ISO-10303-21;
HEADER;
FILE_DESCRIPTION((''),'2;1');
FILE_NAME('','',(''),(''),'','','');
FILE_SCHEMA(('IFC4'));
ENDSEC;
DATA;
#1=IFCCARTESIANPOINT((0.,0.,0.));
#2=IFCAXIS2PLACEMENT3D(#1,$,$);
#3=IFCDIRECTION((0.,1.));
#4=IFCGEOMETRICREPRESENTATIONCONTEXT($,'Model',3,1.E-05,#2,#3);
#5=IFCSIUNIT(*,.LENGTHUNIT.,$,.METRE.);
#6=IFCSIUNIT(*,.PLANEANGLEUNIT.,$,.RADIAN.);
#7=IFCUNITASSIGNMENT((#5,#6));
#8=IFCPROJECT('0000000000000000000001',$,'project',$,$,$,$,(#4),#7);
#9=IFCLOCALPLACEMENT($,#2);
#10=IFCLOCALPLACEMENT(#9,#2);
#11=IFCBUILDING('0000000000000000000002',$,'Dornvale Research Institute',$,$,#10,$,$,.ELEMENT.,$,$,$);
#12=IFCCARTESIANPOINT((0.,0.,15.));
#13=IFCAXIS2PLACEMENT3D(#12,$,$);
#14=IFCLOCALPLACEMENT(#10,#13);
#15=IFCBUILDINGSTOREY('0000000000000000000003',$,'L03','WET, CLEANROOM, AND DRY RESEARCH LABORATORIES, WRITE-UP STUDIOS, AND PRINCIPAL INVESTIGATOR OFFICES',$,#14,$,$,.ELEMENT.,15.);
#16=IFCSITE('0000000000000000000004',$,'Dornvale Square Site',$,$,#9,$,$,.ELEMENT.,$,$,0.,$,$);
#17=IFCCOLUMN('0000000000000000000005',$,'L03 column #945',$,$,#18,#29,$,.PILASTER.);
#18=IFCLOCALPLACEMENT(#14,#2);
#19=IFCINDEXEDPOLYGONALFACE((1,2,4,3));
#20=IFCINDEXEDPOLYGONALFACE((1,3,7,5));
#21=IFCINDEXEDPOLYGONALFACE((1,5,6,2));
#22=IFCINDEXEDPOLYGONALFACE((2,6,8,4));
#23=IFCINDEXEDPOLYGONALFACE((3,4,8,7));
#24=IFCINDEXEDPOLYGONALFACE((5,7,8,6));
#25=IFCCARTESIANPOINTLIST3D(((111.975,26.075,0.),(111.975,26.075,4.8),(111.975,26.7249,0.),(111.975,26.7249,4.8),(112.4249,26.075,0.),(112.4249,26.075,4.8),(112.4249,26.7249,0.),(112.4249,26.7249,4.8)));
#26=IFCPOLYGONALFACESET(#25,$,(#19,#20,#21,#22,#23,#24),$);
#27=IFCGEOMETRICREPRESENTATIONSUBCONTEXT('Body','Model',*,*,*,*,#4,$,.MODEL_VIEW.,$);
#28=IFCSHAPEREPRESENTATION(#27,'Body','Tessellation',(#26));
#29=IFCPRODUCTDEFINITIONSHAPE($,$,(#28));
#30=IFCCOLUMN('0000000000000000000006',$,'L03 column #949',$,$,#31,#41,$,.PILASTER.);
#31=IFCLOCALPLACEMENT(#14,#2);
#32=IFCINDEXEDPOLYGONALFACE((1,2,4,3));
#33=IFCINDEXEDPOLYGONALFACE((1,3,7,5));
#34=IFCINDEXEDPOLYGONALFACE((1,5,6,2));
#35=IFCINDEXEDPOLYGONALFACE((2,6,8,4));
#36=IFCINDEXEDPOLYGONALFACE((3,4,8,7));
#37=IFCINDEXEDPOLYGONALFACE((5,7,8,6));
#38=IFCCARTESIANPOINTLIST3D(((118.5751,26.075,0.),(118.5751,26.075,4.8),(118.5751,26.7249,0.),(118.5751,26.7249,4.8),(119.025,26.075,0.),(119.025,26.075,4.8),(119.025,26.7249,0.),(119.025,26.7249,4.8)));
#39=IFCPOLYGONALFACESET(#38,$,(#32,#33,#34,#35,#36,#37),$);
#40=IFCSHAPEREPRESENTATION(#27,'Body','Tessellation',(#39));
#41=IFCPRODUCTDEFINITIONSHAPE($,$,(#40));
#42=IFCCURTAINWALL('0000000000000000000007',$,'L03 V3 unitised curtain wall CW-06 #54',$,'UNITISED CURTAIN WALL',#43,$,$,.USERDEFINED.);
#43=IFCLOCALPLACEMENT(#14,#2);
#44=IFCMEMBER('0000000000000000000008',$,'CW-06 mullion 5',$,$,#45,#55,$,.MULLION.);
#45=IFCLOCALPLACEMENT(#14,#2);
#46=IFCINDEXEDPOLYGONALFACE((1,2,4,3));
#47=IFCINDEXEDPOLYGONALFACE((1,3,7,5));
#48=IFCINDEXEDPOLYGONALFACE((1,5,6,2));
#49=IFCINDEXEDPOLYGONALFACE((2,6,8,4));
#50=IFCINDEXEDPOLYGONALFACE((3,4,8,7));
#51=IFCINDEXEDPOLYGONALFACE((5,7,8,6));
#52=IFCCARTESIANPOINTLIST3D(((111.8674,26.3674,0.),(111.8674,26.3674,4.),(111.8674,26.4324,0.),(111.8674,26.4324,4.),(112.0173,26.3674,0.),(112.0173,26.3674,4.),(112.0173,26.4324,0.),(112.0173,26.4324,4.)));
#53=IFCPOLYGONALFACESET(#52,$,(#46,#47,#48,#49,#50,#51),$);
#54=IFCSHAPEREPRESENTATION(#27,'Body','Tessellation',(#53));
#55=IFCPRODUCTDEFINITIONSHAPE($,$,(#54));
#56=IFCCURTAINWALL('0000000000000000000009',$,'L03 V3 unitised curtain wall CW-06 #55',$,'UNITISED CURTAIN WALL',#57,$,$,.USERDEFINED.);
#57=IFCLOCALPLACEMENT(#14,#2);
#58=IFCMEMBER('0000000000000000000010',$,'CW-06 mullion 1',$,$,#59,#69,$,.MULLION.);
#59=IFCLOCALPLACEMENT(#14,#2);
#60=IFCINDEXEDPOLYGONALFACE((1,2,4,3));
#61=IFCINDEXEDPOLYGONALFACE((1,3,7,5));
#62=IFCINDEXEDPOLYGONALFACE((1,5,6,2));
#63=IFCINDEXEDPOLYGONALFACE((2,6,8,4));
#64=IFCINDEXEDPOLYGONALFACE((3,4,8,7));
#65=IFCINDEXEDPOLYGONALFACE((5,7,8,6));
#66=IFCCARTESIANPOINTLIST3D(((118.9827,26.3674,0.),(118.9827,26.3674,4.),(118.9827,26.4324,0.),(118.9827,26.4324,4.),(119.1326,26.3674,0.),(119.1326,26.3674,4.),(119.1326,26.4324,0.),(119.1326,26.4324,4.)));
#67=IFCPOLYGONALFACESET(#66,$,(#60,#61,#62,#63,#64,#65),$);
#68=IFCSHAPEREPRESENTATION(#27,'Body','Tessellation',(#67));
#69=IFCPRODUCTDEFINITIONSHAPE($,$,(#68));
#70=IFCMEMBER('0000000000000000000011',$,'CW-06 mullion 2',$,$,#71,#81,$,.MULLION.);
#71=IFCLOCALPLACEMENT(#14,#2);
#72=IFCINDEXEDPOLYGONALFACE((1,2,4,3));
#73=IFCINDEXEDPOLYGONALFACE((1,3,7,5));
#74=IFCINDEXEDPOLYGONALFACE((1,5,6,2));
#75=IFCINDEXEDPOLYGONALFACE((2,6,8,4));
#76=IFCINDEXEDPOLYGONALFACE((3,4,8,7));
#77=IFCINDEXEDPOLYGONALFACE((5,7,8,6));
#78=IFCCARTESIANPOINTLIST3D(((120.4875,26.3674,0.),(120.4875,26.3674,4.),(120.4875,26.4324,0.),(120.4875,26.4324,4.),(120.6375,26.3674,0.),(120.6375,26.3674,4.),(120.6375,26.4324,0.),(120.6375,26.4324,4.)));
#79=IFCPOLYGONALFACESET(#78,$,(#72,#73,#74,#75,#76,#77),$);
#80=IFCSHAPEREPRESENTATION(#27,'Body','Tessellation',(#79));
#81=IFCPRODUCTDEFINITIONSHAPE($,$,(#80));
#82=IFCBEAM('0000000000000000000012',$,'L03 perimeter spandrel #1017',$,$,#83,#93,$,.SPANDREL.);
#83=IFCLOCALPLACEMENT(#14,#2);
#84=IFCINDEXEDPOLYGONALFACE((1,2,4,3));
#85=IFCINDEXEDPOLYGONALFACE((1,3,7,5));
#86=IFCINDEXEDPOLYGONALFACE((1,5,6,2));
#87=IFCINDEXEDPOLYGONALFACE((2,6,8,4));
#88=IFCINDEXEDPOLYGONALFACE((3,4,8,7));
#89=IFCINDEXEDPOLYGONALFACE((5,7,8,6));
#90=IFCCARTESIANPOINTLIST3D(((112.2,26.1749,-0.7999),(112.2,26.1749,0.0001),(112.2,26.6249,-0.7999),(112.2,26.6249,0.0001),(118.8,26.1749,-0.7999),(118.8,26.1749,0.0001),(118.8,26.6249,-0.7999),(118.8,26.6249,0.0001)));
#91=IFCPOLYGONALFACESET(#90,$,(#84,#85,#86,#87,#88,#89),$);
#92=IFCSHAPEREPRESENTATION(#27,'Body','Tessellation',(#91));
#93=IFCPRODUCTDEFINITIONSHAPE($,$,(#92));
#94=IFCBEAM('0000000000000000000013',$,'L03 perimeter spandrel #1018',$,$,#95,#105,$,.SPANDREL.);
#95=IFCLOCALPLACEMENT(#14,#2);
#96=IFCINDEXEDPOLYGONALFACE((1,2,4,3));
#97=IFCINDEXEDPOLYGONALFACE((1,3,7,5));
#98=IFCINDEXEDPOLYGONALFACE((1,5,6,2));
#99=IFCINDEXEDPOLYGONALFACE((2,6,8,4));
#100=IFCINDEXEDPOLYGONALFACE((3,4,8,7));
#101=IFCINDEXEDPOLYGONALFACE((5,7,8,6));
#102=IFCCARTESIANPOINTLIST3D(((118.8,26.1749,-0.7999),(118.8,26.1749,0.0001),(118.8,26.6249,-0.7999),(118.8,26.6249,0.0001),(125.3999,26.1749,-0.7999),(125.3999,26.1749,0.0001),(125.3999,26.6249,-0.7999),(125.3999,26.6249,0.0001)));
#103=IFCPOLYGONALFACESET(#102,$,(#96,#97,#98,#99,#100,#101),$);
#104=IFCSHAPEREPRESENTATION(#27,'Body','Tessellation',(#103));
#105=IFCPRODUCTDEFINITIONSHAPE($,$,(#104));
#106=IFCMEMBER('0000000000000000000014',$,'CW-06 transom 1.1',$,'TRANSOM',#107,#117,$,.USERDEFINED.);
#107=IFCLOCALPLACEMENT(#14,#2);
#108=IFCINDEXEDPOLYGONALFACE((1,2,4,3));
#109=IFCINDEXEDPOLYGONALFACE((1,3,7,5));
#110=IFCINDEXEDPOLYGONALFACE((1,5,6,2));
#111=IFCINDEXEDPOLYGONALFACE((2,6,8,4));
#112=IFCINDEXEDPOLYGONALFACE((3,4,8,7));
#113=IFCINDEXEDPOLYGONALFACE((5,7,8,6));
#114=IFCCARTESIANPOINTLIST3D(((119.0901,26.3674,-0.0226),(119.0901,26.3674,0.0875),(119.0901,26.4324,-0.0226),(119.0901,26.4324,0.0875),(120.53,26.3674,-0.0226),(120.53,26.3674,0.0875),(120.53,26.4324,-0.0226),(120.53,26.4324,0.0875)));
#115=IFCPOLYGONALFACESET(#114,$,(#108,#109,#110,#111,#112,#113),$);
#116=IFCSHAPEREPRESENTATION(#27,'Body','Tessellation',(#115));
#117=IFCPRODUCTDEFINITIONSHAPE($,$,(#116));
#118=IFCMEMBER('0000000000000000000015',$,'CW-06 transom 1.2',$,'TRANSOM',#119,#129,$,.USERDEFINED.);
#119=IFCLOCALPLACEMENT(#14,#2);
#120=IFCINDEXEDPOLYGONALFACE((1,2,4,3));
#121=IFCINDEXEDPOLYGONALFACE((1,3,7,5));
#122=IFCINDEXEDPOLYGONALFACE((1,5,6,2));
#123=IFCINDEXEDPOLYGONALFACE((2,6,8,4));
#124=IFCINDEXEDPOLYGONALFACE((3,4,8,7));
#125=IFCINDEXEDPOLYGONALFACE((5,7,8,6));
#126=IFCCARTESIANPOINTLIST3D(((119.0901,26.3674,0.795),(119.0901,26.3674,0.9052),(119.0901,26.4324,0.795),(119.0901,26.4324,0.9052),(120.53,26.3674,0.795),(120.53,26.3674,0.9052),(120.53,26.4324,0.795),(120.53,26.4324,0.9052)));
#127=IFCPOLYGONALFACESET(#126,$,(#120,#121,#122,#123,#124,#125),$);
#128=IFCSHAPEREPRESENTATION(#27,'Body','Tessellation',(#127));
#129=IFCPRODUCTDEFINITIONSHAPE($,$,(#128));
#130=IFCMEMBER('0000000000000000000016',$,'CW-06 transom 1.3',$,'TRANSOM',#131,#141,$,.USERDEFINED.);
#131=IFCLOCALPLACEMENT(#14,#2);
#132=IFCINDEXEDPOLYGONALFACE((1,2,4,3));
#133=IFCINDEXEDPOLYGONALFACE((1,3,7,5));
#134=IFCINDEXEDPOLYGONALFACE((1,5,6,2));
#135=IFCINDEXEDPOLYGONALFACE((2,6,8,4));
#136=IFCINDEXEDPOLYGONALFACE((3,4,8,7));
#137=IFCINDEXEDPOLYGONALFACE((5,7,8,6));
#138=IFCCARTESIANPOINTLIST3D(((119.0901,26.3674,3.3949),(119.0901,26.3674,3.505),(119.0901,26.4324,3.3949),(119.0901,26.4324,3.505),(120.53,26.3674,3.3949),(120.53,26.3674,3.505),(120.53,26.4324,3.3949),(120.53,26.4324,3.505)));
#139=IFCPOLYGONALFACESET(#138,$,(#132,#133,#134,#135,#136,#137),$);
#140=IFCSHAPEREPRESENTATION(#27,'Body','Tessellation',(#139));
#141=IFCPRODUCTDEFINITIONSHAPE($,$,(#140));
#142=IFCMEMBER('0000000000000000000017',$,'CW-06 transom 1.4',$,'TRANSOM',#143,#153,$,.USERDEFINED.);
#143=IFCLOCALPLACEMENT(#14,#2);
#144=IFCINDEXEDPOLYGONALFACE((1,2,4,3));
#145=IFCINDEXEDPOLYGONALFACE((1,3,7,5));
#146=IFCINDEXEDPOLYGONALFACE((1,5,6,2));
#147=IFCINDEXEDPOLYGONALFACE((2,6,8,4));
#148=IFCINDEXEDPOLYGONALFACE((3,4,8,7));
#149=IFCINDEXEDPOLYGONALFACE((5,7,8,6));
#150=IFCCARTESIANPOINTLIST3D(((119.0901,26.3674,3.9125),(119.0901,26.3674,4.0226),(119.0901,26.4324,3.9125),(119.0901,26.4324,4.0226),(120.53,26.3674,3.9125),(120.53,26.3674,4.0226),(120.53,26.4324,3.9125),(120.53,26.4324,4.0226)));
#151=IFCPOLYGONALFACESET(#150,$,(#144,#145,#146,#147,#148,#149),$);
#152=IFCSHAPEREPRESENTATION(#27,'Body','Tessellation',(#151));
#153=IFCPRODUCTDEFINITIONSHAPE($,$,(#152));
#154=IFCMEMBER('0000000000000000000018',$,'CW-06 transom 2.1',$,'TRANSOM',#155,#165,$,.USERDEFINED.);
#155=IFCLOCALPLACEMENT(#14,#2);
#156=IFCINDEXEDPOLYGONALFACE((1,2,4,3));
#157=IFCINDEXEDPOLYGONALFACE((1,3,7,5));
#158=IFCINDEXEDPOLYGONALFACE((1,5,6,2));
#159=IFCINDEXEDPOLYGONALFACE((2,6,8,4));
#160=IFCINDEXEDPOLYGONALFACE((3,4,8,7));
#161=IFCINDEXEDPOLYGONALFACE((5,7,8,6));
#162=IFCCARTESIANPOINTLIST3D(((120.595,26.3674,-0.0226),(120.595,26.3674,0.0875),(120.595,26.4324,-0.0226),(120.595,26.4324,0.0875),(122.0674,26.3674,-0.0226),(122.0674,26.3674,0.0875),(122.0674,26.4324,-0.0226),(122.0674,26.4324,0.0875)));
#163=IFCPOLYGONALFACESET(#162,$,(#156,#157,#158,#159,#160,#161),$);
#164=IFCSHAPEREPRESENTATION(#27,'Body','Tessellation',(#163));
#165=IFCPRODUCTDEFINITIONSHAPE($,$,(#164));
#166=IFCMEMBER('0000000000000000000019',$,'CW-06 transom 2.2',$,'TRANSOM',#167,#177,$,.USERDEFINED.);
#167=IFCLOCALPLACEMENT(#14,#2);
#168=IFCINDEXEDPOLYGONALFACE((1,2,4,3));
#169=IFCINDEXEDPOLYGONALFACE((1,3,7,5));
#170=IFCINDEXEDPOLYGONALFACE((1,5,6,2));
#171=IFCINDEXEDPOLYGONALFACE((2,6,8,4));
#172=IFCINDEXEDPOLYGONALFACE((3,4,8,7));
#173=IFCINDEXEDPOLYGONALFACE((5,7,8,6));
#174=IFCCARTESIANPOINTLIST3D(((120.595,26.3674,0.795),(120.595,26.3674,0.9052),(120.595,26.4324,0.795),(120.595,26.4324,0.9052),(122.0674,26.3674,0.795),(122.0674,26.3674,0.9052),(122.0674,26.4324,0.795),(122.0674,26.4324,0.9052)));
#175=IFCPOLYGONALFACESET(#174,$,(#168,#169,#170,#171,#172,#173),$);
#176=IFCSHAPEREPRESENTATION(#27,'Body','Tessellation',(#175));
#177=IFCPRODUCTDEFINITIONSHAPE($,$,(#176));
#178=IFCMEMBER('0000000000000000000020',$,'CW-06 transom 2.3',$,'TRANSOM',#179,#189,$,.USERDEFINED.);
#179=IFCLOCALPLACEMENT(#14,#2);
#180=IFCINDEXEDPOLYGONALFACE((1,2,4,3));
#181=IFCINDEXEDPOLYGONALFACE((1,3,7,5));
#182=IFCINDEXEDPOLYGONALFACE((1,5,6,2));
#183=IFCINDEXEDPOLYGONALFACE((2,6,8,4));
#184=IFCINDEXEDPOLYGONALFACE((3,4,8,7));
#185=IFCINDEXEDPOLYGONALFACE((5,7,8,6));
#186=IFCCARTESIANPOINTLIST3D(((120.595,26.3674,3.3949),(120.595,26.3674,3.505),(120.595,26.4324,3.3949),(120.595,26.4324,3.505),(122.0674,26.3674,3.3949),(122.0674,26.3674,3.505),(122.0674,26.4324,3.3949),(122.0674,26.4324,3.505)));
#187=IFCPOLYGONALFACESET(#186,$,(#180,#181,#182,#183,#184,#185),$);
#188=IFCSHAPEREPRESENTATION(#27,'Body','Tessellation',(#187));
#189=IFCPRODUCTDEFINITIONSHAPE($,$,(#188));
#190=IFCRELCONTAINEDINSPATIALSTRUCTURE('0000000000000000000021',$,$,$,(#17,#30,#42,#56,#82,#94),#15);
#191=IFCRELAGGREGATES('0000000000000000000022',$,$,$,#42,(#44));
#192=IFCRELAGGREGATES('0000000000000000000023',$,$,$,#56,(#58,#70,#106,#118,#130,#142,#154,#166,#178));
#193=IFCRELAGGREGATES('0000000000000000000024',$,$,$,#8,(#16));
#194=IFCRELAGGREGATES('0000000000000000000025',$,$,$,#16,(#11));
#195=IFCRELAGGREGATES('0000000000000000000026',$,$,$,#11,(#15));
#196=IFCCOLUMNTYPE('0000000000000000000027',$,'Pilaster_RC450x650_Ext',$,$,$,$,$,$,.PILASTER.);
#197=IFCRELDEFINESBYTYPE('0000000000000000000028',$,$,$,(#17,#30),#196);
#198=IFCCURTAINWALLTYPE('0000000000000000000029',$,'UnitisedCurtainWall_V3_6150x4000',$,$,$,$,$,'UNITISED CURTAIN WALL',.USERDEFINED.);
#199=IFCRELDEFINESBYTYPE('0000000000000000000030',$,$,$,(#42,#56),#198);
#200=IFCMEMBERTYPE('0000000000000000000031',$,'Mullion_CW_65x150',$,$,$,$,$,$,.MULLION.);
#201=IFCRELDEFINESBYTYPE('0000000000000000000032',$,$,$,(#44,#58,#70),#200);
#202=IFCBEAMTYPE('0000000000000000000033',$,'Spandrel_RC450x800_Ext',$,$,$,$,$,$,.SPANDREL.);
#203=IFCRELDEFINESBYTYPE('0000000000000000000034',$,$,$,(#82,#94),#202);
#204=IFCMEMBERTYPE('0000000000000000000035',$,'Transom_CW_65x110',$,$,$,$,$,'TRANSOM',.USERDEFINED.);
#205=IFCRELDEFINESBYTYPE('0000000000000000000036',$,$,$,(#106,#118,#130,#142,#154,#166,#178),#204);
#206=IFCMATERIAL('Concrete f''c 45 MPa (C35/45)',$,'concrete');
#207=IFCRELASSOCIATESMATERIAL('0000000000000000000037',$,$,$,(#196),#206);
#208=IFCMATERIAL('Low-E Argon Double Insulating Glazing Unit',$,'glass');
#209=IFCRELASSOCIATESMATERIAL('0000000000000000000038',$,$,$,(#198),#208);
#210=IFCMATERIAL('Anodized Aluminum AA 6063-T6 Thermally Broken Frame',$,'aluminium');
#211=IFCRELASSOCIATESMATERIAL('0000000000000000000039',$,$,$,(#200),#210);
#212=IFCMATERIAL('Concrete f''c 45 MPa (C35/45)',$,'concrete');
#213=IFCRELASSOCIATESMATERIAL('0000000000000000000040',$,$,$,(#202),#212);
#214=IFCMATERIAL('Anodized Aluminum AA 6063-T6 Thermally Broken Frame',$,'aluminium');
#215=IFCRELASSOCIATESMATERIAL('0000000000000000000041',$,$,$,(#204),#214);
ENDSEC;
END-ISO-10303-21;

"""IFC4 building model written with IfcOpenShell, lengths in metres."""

from ifc_helpers import new_model, si_unit, direction, frame, origin, origin_2d, place, context, subcontext, project, spatial, rectangle, extrude, material, material_profile, profile_set, type_object, element, aggregate, save


model = new_model("IFC4")

# Units and contexts
model_context = context("Model", 3, precision=1e-05, world=origin(), true_north=direction((0.0, 1.0)))
body_context = subcontext(model_context, "Body", "Model", "MODEL_VIEW")
ifc_project = project(units=[si_unit("LENGTHUNIT", "METRE"), si_unit("PLANEANGLEUNIT", "RADIAN")], contexts=[model_context])

# Site, building, storey
site_placement = place(None, origin())
site = spatial("IfcSite", under=ifc_project, at=site_placement, Name="Dornvale Square Site", CompositionType="ELEMENT", RefElevation=0.0)
building_placement = place(site_placement, origin())
building = spatial("IfcBuilding", under=site, at=building_placement, Name="Dornvale Research Institute", CompositionType="ELEMENT")
storey_placement = place(building_placement, frame((0.0, 0.0, 15.0)))
storey = spatial("IfcBuildingStorey", under=building, at=storey_placement, Name="L03", Description="WET, CLEANROOM, AND DRY RESEARCH LABORATORIES, WRITE-UP STUDIOS, AND PRINCIPAL INVESTIGATOR OFFICES", CompositionType="ELEMENT", Elevation=15.0)

# Columns
ifc_material_1 = material(Name="Concrete f'c 45 MPa (C35/45)", Category="concrete")
ifc_material_profile_1 = material_profile(ifc_material_1, rectangle(XDim=0.45, YDim=0.6499, at=origin_2d()), Name="RC 450x650")
ifc_profile_set_1 = profile_set([ifc_material_profile_1], Name="Concrete f'c 45 MPa (C35/45)")
column_type = type_object("IfcColumnType", Name="Pilaster_RC450x650_Ext", PredefinedType="PILASTER", material=ifc_profile_set_1)
for number, where, z_axis, x_axis, name in (
    (1, (112.2, 26.3999, 0.0), (0.0, 0.0, 1.0), (1.0, 0.0, 0.0), "L03 column #945"),
    (2, (118.8, 26.3999, 0.0), (0.0, 0.0, 1.0), (1.0, 0.0, 0.0), "L03 column #949"),
):
    element("IfcColumn", number, at=place(storey_placement, frame(where, z_axis=z_axis, x_axis=x_axis)), inside=storey, type_object=column_type, Name=name, PredefinedType="PILASTER", context=body_context, shape_type="SweptSolid", body=[
        extrude(rectangle(XDim=0.45, YDim=0.6499, at=origin_2d()), origin(), (0.0, 0.0, 1.0), 4.8),
    ])

# Curtain wall, member
ifc_material_2 = material(Name="Low-E Argon Double Insulating Glazing Unit", Category="glass")
curtain_wall_type = type_object("IfcCurtainWallType", Name="UnitisedCurtainWall_V3_6150x4000", ElementType="UNITISED CURTAIN WALL", PredefinedType="USERDEFINED", material=ifc_material_2)
curtain_wall_1_placement = place(storey_placement, origin())
curtain_wall_1 = element("IfcCurtainWall", 3, at=curtain_wall_1_placement, inside=storey, type_object=curtain_wall_type, Name="L03 V3 unitised curtain wall CW-06 #54", ObjectType="UNITISED CURTAIN WALL", PredefinedType="USERDEFINED")
ifc_material_3 = material(Name="Anodized Aluminum AA 6063-T6 Thermally Broken Frame", Category="aluminium")
ifc_material_profile_2 = material_profile(ifc_material_3, rectangle(XDim=0.0649, YDim=0.1499, at=origin_2d()), Name="ALU MULLION 65x150")
ifc_profile_set_2 = profile_set([ifc_material_profile_2], Name="Anodized Aluminum AA 6063-T6 Thermally Broken Frame")
member_type_1 = type_object("IfcMemberType", Name="Mullion_CW_65x150", PredefinedType="MULLION", material=ifc_profile_set_2)
member_1_placement = place(storey_placement, frame((111.9424, 26.3999, 0.0), z_axis=(0.0, 0.0, 1.0), x_axis=(0.0, 1.0, 0.0)))
member_1 = element("IfcMember", 4, at=member_1_placement, type_object=member_type_1, Name="CW-06 mullion 5", PredefinedType="MULLION", context=body_context, shape_type="SweptSolid", body=[
    extrude(rectangle(XDim=0.0649, YDim=0.1499, at=origin_2d()), origin(), (0.0, 0.0, 1.0), 4.0),
])
aggregate(curtain_wall_1, [member_1])

# Curtain wall, members
curtain_wall_2_placement = place(storey_placement, origin())
curtain_wall_2 = element("IfcCurtainWall", 5, at=curtain_wall_2_placement, inside=storey, type_object=curtain_wall_type, Name="L03 V3 unitised curtain wall CW-06 #55", ObjectType="UNITISED CURTAIN WALL", PredefinedType="USERDEFINED")
member_2_placement = place(storey_placement, frame((119.0576, 26.3999, 0.0), z_axis=(0.0, 0.0, 1.0), x_axis=(0.0, 1.0, 0.0)))
member_2 = element("IfcMember", 6, at=member_2_placement, type_object=member_type_1, Name="CW-06 mullion 1", PredefinedType="MULLION", context=body_context, shape_type="SweptSolid", body=[
    extrude(rectangle(XDim=0.0649, YDim=0.1499, at=origin_2d()), origin(), (0.0, 0.0, 1.0), 4.0),
])
member_3_placement = place(storey_placement, frame((120.5625, 26.3999, 0.0), z_axis=(0.0, 0.0, 1.0), x_axis=(0.0, 1.0, 0.0)))
member_3 = element("IfcMember", 7, at=member_3_placement, type_object=member_type_1, Name="CW-06 mullion 2", PredefinedType="MULLION", context=body_context, shape_type="SweptSolid", body=[
    extrude(rectangle(XDim=0.0649, YDim=0.1499, at=origin_2d()), origin(), (0.0, 0.0, 1.0), 4.0),
])

# Beams
ifc_material_4 = material(Name="Concrete f'c 45 MPa (C35/45)", Category="concrete")
ifc_material_profile_3 = material_profile(ifc_material_4, rectangle(XDim=0.45, YDim=0.8, at=origin_2d()), Name="RC 450x800")
ifc_profile_set_3 = profile_set([ifc_material_profile_3], Name="Concrete f'c 45 MPa (C35/45)")
beam_type = type_object("IfcBeamType", Name="Spandrel_RC450x800_Ext", PredefinedType="SPANDREL", material=ifc_profile_set_3)
beam_1_placement = place(storey_placement, frame((112.2, 26.3999, -0.3999), z_axis=(1.0, 0.0, 0.0), x_axis=(0.0, 1.0, 0.0)))
element("IfcBeam", 8, at=beam_1_placement, inside=storey, type_object=beam_type, Name="L03 perimeter spandrel #1017", PredefinedType="SPANDREL", context=body_context, shape_type="SweptSolid", body=[
    extrude(rectangle(XDim=0.45, YDim=0.8, at=origin_2d()), origin(), (0.0, 0.0, 1.0), 6.6001),
])
beam_2_placement = place(storey_placement, frame((118.8, 26.3999, -0.3999), z_axis=(1.0, 0.0, 0.0), x_axis=(0.0, 1.0, 0.0)))
element("IfcBeam", 9, at=beam_2_placement, inside=storey, type_object=beam_type, Name="L03 perimeter spandrel #1018", PredefinedType="SPANDREL", context=body_context, shape_type="SweptSolid", body=[
    extrude(rectangle(XDim=0.45, YDim=0.8, at=origin_2d()), origin(), (0.0, 0.0, 1.0), 6.5999),
])

# Members
ifc_material_5 = material(Name="Anodized Aluminum AA 6063-T6 Thermally Broken Frame", Category="aluminium")
ifc_material_profile_4 = material_profile(ifc_material_5, rectangle(XDim=0.0649, YDim=0.1101, at=origin_2d()), Name="ALU TRANSOM 65x110")
ifc_profile_set_4 = profile_set([ifc_material_profile_4], Name="Anodized Aluminum AA 6063-T6 Thermally Broken Frame")
member_type_2 = type_object("IfcMemberType", Name="Transom_CW_65x110", ElementType="TRANSOM", PredefinedType="USERDEFINED", material=ifc_profile_set_4)
member_4_placement = place(storey_placement, frame((119.0901, 26.3999, 0.0325), z_axis=(1.0, 0.0, 0.0), x_axis=(0.0, 1.0, 0.0)))
member_4 = element("IfcMember", 10, at=member_4_placement, type_object=member_type_2, Name="CW-06 transom 1.1", ObjectType="TRANSOM", PredefinedType="USERDEFINED", context=body_context, shape_type="SweptSolid", body=[
    extrude(rectangle(XDim=0.0649, YDim=0.1101, at=origin_2d()), origin(), (0.0, 0.0, 1.0), 1.4399),
])
member_5_placement = place(storey_placement, frame((119.0901, 26.3999, 0.8501), z_axis=(1.0, 0.0, 0.0), x_axis=(0.0, 1.0, 0.0)))
member_5 = element("IfcMember", 11, at=member_5_placement, type_object=member_type_2, Name="CW-06 transom 1.2", ObjectType="TRANSOM", PredefinedType="USERDEFINED", context=body_context, shape_type="SweptSolid", body=[
    extrude(rectangle(XDim=0.0649, YDim=0.1101, at=origin_2d()), origin(), (0.0, 0.0, 1.0), 1.4399),
])
member_6_placement = place(storey_placement, frame((119.0901, 26.3999, 3.45), z_axis=(1.0, 0.0, 0.0), x_axis=(0.0, 1.0, 0.0)))
member_6 = element("IfcMember", 12, at=member_6_placement, type_object=member_type_2, Name="CW-06 transom 1.3", ObjectType="TRANSOM", PredefinedType="USERDEFINED", context=body_context, shape_type="SweptSolid", body=[
    extrude(rectangle(XDim=0.0649, YDim=0.1101, at=origin_2d()), origin(), (0.0, 0.0, 1.0), 1.4399),
])
member_7_placement = place(storey_placement, frame((119.0901, 26.3999, 3.9675), z_axis=(1.0, 0.0, 0.0), x_axis=(0.0, 1.0, 0.0)))
member_7 = element("IfcMember", 13, at=member_7_placement, type_object=member_type_2, Name="CW-06 transom 1.4", ObjectType="TRANSOM", PredefinedType="USERDEFINED", context=body_context, shape_type="SweptSolid", body=[
    extrude(rectangle(XDim=0.0649, YDim=0.1101, at=origin_2d()), origin(), (0.0, 0.0, 1.0), 1.4399),
])
member_8_placement = place(storey_placement, frame((120.595, 26.3999, 0.0325), z_axis=(1.0, 0.0, 0.0), x_axis=(0.0, 1.0, 0.0)))
member_8 = element("IfcMember", 14, at=member_8_placement, type_object=member_type_2, Name="CW-06 transom 2.1", ObjectType="TRANSOM", PredefinedType="USERDEFINED", context=body_context, shape_type="SweptSolid", body=[
    extrude(rectangle(XDim=0.0649, YDim=0.1101, at=origin_2d()), origin(), (0.0, 0.0, 1.0), 1.4724),
])
member_9_placement = place(storey_placement, frame((120.595, 26.3999, 0.8501), z_axis=(1.0, 0.0, 0.0), x_axis=(0.0, 1.0, 0.0)))
member_9 = element("IfcMember", 15, at=member_9_placement, type_object=member_type_2, Name="CW-06 transom 2.2", ObjectType="TRANSOM", PredefinedType="USERDEFINED", context=body_context, shape_type="SweptSolid", body=[
    extrude(rectangle(XDim=0.0649, YDim=0.1101, at=origin_2d()), origin(), (0.0, 0.0, 1.0), 1.4724),
])
member_10_placement = place(storey_placement, frame((120.595, 26.3999, 3.45), z_axis=(1.0, 0.0, 0.0), x_axis=(0.0, 1.0, 0.0)))
member_10 = element("IfcMember", 16, at=member_10_placement, type_object=member_type_2, Name="CW-06 transom 2.3", ObjectType="TRANSOM", PredefinedType="USERDEFINED", context=body_context, shape_type="SweptSolid", body=[
    extrude(rectangle(XDim=0.0649, YDim=0.1101, at=origin_2d()), origin(), (0.0, 0.0, 1.0), 1.4724),
])

aggregate(curtain_wall_2, [member_2, member_3, member_4, member_5, member_6, member_7, member_8, member_9, member_10])

save(model, "model.ifc")
